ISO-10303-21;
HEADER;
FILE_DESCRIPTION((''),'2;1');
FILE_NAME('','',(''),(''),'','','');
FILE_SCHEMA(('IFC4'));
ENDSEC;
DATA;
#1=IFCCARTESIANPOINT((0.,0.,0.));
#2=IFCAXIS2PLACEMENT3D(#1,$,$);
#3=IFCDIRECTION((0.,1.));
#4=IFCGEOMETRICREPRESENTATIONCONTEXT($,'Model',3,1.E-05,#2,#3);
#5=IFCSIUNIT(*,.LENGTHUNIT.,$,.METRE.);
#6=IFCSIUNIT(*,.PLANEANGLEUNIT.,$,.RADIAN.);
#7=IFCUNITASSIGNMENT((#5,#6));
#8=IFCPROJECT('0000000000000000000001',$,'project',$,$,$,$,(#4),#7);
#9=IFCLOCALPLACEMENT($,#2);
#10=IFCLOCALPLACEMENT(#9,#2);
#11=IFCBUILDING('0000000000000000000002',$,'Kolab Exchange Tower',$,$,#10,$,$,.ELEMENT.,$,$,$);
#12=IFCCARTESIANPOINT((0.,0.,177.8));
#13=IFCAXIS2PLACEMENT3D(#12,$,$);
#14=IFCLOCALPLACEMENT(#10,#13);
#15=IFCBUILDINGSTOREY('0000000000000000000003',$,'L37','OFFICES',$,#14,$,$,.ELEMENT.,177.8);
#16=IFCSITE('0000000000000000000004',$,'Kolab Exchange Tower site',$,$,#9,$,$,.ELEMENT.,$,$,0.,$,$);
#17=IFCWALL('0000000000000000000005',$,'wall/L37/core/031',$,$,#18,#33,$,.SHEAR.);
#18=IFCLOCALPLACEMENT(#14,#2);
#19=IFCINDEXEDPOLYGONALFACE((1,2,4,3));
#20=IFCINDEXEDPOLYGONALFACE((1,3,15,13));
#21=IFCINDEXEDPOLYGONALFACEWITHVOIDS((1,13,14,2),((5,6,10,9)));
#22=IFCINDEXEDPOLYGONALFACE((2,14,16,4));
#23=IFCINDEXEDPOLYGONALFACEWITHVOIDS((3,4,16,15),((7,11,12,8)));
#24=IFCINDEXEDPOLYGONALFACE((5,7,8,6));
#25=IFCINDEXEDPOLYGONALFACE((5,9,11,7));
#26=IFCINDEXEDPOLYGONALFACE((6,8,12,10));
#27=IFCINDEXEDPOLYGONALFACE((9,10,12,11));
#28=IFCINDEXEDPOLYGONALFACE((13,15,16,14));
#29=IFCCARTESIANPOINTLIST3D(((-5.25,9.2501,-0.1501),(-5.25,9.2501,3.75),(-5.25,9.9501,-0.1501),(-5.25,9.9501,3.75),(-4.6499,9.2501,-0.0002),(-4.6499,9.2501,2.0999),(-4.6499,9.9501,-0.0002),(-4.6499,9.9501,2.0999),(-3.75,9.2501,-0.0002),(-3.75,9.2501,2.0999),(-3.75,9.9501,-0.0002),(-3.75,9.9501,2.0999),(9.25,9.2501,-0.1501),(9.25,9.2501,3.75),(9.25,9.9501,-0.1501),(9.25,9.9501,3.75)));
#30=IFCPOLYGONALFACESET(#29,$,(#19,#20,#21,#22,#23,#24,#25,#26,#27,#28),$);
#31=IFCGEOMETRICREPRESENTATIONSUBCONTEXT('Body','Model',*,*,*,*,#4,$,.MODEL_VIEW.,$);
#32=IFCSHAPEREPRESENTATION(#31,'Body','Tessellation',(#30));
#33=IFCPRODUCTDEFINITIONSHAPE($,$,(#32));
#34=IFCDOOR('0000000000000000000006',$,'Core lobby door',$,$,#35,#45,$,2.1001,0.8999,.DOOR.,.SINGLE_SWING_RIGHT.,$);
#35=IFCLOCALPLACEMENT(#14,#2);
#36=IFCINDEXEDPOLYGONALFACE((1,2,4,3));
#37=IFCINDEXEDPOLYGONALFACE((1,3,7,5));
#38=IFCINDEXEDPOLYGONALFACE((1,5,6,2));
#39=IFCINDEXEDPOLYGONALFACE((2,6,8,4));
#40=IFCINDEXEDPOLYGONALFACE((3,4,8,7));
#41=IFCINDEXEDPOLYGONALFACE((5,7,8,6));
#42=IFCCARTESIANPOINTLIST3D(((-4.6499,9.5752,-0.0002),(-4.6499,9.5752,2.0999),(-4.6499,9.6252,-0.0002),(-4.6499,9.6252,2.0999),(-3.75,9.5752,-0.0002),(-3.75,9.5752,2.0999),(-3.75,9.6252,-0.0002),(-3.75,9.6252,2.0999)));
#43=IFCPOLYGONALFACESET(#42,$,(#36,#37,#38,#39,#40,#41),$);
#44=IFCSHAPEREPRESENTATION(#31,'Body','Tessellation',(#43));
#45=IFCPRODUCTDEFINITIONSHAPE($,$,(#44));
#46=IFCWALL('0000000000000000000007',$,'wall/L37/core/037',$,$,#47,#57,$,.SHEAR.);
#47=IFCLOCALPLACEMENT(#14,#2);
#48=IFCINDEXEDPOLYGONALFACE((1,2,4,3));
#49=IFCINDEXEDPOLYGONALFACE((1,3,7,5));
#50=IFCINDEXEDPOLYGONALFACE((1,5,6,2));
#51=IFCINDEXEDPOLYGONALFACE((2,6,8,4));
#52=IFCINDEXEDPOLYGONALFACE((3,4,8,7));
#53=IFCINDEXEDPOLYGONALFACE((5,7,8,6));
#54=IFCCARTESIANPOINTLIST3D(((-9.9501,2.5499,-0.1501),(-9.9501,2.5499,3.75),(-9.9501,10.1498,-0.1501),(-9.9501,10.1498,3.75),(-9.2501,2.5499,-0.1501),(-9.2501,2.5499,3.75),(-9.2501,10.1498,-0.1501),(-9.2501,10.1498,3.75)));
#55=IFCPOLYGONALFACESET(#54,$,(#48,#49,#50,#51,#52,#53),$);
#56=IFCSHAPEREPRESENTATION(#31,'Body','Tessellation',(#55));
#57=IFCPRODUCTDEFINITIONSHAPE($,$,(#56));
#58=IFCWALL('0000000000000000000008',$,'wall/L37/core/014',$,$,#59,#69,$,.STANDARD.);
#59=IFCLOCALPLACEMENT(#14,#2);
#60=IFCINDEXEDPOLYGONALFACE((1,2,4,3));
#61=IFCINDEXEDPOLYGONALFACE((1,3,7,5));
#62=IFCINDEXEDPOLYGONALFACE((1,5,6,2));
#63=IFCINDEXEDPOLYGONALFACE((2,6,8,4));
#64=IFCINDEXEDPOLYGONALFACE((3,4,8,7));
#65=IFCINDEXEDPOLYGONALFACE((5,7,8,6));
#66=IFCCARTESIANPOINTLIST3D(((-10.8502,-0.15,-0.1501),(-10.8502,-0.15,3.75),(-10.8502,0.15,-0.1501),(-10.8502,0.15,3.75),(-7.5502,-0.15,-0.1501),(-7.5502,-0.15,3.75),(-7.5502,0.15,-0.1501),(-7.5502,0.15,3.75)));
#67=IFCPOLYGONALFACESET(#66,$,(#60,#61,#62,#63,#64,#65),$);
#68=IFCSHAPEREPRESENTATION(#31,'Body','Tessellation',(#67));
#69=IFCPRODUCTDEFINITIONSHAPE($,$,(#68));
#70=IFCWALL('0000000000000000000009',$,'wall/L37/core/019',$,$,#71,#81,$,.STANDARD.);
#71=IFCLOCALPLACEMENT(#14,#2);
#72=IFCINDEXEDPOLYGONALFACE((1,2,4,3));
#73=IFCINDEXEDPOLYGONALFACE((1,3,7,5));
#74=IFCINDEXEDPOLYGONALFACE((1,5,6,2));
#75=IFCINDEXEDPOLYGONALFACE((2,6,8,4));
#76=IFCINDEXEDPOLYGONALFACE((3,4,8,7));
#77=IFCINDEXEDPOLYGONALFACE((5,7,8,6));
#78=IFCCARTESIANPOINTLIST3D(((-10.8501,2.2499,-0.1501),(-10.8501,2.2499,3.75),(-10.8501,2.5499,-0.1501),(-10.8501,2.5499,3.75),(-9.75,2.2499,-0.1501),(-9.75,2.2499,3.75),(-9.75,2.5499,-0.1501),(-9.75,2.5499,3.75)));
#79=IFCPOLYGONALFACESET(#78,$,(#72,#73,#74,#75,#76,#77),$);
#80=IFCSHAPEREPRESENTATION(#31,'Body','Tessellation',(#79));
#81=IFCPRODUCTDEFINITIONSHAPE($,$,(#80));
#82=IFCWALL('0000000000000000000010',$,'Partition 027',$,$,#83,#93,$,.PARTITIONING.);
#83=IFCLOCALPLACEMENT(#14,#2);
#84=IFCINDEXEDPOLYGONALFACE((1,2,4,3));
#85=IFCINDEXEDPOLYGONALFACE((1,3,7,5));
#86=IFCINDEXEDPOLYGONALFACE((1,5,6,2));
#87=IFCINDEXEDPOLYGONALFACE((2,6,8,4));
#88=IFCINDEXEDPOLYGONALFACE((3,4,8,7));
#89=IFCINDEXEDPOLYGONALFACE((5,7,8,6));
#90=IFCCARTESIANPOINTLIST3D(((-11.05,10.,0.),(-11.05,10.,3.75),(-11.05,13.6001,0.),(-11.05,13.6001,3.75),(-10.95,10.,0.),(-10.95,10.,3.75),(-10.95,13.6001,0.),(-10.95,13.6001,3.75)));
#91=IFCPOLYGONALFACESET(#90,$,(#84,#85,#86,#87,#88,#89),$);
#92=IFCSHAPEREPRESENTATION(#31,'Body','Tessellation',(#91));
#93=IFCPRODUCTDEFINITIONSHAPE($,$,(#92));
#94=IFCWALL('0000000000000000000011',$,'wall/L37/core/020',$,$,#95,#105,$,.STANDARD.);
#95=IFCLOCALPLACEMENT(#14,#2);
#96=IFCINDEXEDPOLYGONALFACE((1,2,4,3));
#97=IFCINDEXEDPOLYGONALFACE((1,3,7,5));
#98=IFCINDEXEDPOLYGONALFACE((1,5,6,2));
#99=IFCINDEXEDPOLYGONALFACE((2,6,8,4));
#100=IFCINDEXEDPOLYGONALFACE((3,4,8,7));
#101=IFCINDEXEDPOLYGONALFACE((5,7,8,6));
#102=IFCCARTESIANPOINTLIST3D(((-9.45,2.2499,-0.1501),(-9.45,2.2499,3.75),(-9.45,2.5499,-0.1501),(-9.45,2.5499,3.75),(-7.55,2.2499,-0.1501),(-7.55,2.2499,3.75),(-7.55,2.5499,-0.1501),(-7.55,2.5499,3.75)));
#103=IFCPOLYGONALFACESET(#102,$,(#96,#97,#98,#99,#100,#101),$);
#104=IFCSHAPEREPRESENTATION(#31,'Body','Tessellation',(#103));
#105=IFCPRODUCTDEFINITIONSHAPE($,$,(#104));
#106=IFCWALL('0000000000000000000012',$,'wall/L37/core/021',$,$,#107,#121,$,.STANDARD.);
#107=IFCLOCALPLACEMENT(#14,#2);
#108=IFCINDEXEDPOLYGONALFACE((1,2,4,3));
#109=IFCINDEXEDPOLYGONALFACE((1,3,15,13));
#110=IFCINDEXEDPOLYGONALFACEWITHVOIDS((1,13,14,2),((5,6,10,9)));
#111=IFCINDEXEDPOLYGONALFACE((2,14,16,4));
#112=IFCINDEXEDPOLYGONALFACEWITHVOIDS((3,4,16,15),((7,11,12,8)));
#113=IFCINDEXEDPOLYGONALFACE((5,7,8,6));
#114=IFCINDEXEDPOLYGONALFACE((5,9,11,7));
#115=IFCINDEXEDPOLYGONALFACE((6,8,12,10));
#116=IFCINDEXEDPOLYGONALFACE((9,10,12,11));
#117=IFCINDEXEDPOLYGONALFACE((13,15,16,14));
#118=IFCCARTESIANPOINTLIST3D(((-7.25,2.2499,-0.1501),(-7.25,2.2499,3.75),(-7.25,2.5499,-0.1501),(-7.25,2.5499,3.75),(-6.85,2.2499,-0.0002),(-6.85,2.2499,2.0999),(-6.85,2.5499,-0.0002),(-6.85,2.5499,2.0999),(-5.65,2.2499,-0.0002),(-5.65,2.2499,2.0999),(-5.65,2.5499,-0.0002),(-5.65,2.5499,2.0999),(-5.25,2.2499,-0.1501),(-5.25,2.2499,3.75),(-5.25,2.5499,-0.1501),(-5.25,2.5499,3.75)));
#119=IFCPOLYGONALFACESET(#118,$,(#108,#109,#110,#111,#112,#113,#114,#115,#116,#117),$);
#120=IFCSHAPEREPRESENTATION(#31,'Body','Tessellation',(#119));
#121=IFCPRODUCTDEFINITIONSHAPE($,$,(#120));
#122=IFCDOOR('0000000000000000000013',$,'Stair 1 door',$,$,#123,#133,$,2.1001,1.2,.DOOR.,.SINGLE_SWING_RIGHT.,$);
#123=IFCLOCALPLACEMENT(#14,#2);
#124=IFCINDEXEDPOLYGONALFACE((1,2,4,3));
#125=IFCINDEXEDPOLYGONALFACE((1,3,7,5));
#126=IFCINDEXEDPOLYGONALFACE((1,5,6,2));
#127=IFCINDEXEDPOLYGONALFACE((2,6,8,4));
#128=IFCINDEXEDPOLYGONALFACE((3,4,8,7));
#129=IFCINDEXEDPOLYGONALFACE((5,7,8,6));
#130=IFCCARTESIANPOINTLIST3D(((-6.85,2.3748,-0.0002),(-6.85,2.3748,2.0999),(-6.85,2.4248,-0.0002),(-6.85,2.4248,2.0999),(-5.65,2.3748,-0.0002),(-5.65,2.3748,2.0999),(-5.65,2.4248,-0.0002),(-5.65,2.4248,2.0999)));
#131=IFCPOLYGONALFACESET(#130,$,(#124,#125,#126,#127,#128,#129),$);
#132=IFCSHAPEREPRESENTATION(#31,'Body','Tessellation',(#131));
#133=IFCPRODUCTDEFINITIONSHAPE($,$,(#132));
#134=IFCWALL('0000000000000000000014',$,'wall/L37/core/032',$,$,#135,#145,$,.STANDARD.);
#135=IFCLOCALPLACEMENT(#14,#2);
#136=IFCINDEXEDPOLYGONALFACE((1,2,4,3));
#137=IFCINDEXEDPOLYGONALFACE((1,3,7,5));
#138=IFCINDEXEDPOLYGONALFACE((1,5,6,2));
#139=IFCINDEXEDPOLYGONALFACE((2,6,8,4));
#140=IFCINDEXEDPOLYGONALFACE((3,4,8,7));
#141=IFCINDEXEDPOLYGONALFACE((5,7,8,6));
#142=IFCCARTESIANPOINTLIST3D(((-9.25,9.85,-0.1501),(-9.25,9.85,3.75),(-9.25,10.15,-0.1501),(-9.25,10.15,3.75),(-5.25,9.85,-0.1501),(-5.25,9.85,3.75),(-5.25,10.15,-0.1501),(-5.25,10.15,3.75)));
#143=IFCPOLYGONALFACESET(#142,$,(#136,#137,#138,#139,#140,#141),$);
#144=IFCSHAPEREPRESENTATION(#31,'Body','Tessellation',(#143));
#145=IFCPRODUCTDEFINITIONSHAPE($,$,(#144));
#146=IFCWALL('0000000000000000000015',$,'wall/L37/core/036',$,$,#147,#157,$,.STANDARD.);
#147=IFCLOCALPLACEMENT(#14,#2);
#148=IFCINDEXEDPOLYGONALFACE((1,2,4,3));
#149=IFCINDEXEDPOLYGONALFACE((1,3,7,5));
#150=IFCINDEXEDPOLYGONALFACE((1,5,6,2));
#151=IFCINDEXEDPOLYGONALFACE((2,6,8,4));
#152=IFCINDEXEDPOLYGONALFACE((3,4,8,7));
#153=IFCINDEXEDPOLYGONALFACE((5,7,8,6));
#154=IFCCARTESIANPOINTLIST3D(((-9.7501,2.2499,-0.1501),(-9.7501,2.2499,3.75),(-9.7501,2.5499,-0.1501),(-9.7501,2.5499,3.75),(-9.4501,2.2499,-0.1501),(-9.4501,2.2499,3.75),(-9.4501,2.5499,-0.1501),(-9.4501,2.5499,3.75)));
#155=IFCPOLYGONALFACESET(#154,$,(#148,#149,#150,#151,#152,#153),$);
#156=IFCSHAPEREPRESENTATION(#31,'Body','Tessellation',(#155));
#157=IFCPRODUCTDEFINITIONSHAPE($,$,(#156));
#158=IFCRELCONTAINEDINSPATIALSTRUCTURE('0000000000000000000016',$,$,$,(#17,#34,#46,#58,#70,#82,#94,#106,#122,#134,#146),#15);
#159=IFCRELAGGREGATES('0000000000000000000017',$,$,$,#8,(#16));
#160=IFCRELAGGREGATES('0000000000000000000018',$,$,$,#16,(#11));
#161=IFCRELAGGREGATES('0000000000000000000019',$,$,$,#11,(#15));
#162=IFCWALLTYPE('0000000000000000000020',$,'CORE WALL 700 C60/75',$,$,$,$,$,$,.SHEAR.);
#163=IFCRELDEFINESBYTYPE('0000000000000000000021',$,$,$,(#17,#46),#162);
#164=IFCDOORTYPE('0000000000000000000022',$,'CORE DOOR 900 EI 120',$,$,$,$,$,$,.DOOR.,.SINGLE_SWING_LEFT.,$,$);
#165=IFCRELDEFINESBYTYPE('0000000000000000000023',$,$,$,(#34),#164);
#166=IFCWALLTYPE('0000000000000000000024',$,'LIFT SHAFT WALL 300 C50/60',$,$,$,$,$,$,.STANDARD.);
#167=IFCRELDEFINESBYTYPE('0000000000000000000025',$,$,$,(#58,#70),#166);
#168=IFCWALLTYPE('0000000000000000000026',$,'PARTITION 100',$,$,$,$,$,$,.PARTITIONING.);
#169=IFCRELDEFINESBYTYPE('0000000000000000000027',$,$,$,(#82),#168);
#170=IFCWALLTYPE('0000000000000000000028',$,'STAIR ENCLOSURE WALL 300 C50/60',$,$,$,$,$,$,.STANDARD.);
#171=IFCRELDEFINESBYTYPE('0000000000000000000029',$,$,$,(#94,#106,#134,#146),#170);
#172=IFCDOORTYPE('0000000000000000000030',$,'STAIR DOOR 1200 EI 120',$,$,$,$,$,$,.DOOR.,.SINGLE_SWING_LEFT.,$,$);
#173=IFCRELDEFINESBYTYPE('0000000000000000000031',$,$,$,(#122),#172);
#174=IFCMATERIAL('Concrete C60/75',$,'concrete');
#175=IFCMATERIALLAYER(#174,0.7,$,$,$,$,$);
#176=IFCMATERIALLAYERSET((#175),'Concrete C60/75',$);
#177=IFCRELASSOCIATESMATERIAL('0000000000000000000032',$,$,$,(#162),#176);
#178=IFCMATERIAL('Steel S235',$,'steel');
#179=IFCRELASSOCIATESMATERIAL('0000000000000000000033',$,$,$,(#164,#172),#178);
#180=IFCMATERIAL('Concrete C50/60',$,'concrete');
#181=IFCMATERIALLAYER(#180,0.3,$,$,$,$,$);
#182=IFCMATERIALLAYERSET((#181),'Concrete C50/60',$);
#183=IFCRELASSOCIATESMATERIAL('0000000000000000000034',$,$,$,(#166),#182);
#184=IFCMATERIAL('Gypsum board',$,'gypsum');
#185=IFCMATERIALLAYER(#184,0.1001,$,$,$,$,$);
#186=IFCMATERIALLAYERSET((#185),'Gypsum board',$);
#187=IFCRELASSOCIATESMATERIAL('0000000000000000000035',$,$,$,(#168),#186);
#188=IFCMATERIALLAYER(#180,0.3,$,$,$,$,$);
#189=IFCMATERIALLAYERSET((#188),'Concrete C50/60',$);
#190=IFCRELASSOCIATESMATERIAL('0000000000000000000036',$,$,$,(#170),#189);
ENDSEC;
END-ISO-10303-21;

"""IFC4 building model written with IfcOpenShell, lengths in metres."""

from ifc_helpers import new_model, si_unit, direction, frame, frame_2d, origin, place, context, subcontext, project, spatial, rectangle, extrude, material, layer, layer_set, type_object, element, fill, save


model = new_model("IFC4")

# Units and contexts
model_context = context("Model", 3, precision=1e-05, world=origin(), true_north=direction((0.0, 1.0)))
body_context = subcontext(model_context, "Body", "Model", "MODEL_VIEW")
ifc_project = project(units=[si_unit("LENGTHUNIT", "METRE"), si_unit("PLANEANGLEUNIT", "RADIAN")], contexts=[model_context])

# Site, building, storey
site_placement = place(None, origin())
site = spatial("IfcSite", under=ifc_project, at=site_placement, Name="Kolab Exchange Tower site", CompositionType="ELEMENT", RefElevation=0.0)
building_placement = place(site_placement, origin())
building = spatial("IfcBuilding", under=site, at=building_placement, Name="Kolab Exchange Tower", CompositionType="ELEMENT")
storey_placement = place(building_placement, frame((0.0, 0.0, 177.8)))
storey = spatial("IfcBuildingStorey", under=building, at=storey_placement, Name="L37", Description="OFFICES", CompositionType="ELEMENT", Elevation=177.8)

# Wall, opening, door
ifc_material_1 = material(Name="Concrete C60/75", Category="concrete")
ifc_layer_1 = layer(ifc_material_1, 0.7)
ifc_layer_set_1 = layer_set([ifc_layer_1], Name="Concrete C60/75")
wall_type_1 = type_object("IfcWallType", Name="CORE WALL 700 C60/75", PredefinedType="SHEAR", material=ifc_layer_set_1)
wall_1_placement = place(storey_placement, frame((-5.25, 9.6001, -0.1501), z_axis=(0.0, 0.0, 1.0), x_axis=(1.0, 0.0, 0.0)))
wall_1 = element("IfcWall", 1, at=wall_1_placement, inside=storey, type_object=wall_type_1, Name="wall/L37/core/031", PredefinedType="SHEAR", context=body_context, shape_type="SweptSolid", body=[
    extrude(rectangle(XDim=14.5, YDim=0.7, at=frame_2d((7.25, 0.0))), origin(), (0.0, 0.0, 1.0), 3.9001),
])
opening_1_placement = place(wall_1_placement, frame((0.6001, 0.0, 0.1499)))
opening_1 = element("IfcOpeningElement", 2, at=opening_1_placement, cuts=wall_1, PredefinedType="OPENING", context=body_context, shape_type="SweptSolid", body=[
    extrude(rectangle(XDim=0.8999, YDim=2.1001, at=frame_2d((0.45, 1.05))), frame((0.0, 0.3599, 0.0), z_axis=(0.0, -1.0, 0.0), x_axis=(1.0, 0.0, 0.0)), (0.0, 0.0, 1.0), 0.72),
])
ifc_material_2 = material(Name="Steel S235", Category="steel")
door_type_1 = type_object("IfcDoorType", Name="CORE DOOR 900 EI 120", OperationType="SINGLE_SWING_LEFT", PredefinedType="DOOR", material=ifc_material_2)
door_1_placement = place(opening_1_placement, frame((0.8999, 0.0, 0.0), z_axis=(0.0, 0.0, 1.0), x_axis=(-1.0, 0.0, 0.0)))
door_1 = element("IfcDoor", 3, at=door_1_placement, inside=storey, type_object=door_type_1, Name="Core lobby door", OperationType="SINGLE_SWING_RIGHT", OverallHeight=2.1001, OverallWidth=0.8999, PredefinedType="DOOR", context=body_context, shape_type="SweptSolid", body=[
    extrude(rectangle(XDim=0.8999, YDim=2.1001, at=frame_2d((0.45, 1.05))), frame((0.0, 0.0249, 0.0), z_axis=(0.0, -1.0, 0.0), x_axis=(1.0, 0.0, 0.0)), (0.0, 0.0, 1.0), 0.05),
])
fill(opening_1, door_1)

# Walls
wall_2_placement = place(storey_placement, frame((-9.6001, 2.55, -0.1501), z_axis=(0.0, 0.0, 1.0), x_axis=(0.0, 1.0, 0.0)))
element("IfcWall", 4, at=wall_2_placement, inside=storey, type_object=wall_type_1, Name="wall/L37/core/037", PredefinedType="SHEAR", context=body_context, shape_type="SweptSolid", body=[
    extrude(rectangle(XDim=7.5999, YDim=0.7, at=frame_2d((3.7998, 0.0))), origin(), (0.0, 0.0, 1.0), 3.9001),
])
ifc_material_3 = material(Name="Concrete C50/60", Category="concrete")
ifc_layer_2 = layer(ifc_material_3, 0.3)
ifc_layer_set_2 = layer_set([ifc_layer_2], Name="Concrete C50/60")
wall_type_2 = type_object("IfcWallType", Name="LIFT SHAFT WALL 300 C50/60", PredefinedType="STANDARD", material=ifc_layer_set_2)
wall_3_placement = place(storey_placement, frame((-10.8501, 0.0, -0.1501), z_axis=(0.0, 0.0, 1.0), x_axis=(1.0, 0.0, 0.0)))
element("IfcWall", 5, at=wall_3_placement, inside=storey, type_object=wall_type_2, Name="wall/L37/core/014", PredefinedType="STANDARD", context=body_context, shape_type="SweptSolid", body=[
    extrude(rectangle(XDim=3.3, YDim=0.3, at=frame_2d((1.6499, 0.0))), origin(), (0.0, 0.0, 1.0), 3.9001),
])
wall_4_placement = place(storey_placement, frame((-10.8501, 2.3999, -0.1501), z_axis=(0.0, 0.0, 1.0), x_axis=(1.0, 0.0, 0.0)))
element("IfcWall", 6, at=wall_4_placement, inside=storey, type_object=wall_type_2, Name="wall/L37/core/019", PredefinedType="STANDARD", context=body_context, shape_type="SweptSolid", body=[
    extrude(rectangle(XDim=1.1001, YDim=0.3, at=frame_2d((0.55, 0.0))), origin(), (0.0, 0.0, 1.0), 3.9001),
])
ifc_material_4 = material(Name="Gypsum board", Category="gypsum")
ifc_layer_3 = layer(ifc_material_4, 0.1001)
ifc_layer_set_3 = layer_set([ifc_layer_3], Name="Gypsum board")
wall_type_3 = type_object("IfcWallType", Name="PARTITION 100", PredefinedType="PARTITIONING", material=ifc_layer_set_3)
wall_5_placement = place(storey_placement, frame((-11.0, 10.0, 0.0), z_axis=(0.0, 0.0, 1.0), x_axis=(0.0, 1.0, 0.0)))
element("IfcWall", 7, at=wall_5_placement, inside=storey, type_object=wall_type_3, Name="Partition 027", PredefinedType="PARTITIONING", context=body_context, shape_type="SweptSolid", body=[
    extrude(rectangle(XDim=3.6001, YDim=0.1001, at=frame_2d((1.8, 0.0))), origin(), (0.0, 0.0, 1.0), 3.75),
])
ifc_layer_4 = layer(ifc_material_3, 0.3)
ifc_layer_set_4 = layer_set([ifc_layer_4], Name="Concrete C50/60")
wall_type_4 = type_object("IfcWallType", Name="STAIR ENCLOSURE WALL 300 C50/60", PredefinedType="STANDARD", material=ifc_layer_set_4)
wall_6_placement = place(storey_placement, frame((-9.45, 2.3999, -0.1501), z_axis=(0.0, 0.0, 1.0), x_axis=(1.0, 0.0, 0.0)))
element("IfcWall", 8, at=wall_6_placement, inside=storey, type_object=wall_type_4, Name="wall/L37/core/020", PredefinedType="STANDARD", context=body_context, shape_type="SweptSolid", body=[
    extrude(rectangle(XDim=1.8999, YDim=0.3, at=frame_2d((0.95, 0.0))), origin(), (0.0, 0.0, 1.0), 3.9001),
])

# Wall, opening, door
wall_7_placement = place(storey_placement, frame((-7.25, 2.3999, -0.1501), z_axis=(0.0, 0.0, 1.0), x_axis=(1.0, 0.0, 0.0)))
wall_7 = element("IfcWall", 9, at=wall_7_placement, inside=storey, type_object=wall_type_4, Name="wall/L37/core/021", PredefinedType="STANDARD", context=body_context, shape_type="SweptSolid", body=[
    extrude(rectangle(XDim=2.0, YDim=0.3, at=frame_2d((1.0, 0.0))), origin(), (0.0, 0.0, 1.0), 3.9001),
])
opening_2_placement = place(wall_7_placement, frame((0.3999, 0.0, 0.1499)))
opening_2 = element("IfcOpeningElement", 10, at=opening_2_placement, cuts=wall_7, PredefinedType="OPENING", context=body_context, shape_type="SweptSolid", body=[
    extrude(rectangle(XDim=1.2, YDim=2.1001, at=frame_2d((0.6001, 1.05))), frame((0.0, 0.1602, 0.0), z_axis=(0.0, -1.0, 0.0), x_axis=(1.0, 0.0, 0.0)), (0.0, 0.0, 1.0), 0.3201),
])
door_type_2 = type_object("IfcDoorType", Name="STAIR DOOR 1200 EI 120", OperationType="SINGLE_SWING_LEFT", PredefinedType="DOOR", material=ifc_material_2)
door_2_placement = place(opening_2_placement, origin())
door_2 = element("IfcDoor", 11, at=door_2_placement, inside=storey, type_object=door_type_2, Name="Stair 1 door", OperationType="SINGLE_SWING_RIGHT", OverallHeight=2.1001, OverallWidth=1.2, PredefinedType="DOOR", context=body_context, shape_type="SweptSolid", body=[
    extrude(rectangle(XDim=1.2, YDim=2.1001, at=frame_2d((0.6001, 1.05))), frame((0.0, 0.0249, 0.0), z_axis=(0.0, -1.0, 0.0), x_axis=(1.0, 0.0, 0.0)), (0.0, 0.0, 1.0), 0.05),
])
fill(opening_2, door_2)

# Walls
wall_8_placement = place(storey_placement, frame((-9.25, 10.0, -0.1501), z_axis=(0.0, 0.0, 1.0), x_axis=(1.0, 0.0, 0.0)))
element("IfcWall", 12, at=wall_8_placement, inside=storey, type_object=wall_type_4, Name="wall/L37/core/032", PredefinedType="STANDARD", context=body_context, shape_type="SweptSolid", body=[
    extrude(rectangle(XDim=4.0, YDim=0.3, at=frame_2d((2.0, 0.0))), origin(), (0.0, 0.0, 1.0), 3.9001),
])
wall_9_placement = place(storey_placement, frame((-9.6001, 2.25, -0.1501), z_axis=(0.0, 0.0, 1.0), x_axis=(0.0, 1.0, 0.0)))
element("IfcWall", 13, at=wall_9_placement, inside=storey, type_object=wall_type_4, Name="wall/L37/core/036", PredefinedType="STANDARD", context=body_context, shape_type="SweptSolid", body=[
    extrude(rectangle(XDim=0.3, YDim=0.3, at=frame_2d((0.1499, 0.0))), origin(), (0.0, 0.0, 1.0), 3.9001),
])

save(model, "model.ifc")
